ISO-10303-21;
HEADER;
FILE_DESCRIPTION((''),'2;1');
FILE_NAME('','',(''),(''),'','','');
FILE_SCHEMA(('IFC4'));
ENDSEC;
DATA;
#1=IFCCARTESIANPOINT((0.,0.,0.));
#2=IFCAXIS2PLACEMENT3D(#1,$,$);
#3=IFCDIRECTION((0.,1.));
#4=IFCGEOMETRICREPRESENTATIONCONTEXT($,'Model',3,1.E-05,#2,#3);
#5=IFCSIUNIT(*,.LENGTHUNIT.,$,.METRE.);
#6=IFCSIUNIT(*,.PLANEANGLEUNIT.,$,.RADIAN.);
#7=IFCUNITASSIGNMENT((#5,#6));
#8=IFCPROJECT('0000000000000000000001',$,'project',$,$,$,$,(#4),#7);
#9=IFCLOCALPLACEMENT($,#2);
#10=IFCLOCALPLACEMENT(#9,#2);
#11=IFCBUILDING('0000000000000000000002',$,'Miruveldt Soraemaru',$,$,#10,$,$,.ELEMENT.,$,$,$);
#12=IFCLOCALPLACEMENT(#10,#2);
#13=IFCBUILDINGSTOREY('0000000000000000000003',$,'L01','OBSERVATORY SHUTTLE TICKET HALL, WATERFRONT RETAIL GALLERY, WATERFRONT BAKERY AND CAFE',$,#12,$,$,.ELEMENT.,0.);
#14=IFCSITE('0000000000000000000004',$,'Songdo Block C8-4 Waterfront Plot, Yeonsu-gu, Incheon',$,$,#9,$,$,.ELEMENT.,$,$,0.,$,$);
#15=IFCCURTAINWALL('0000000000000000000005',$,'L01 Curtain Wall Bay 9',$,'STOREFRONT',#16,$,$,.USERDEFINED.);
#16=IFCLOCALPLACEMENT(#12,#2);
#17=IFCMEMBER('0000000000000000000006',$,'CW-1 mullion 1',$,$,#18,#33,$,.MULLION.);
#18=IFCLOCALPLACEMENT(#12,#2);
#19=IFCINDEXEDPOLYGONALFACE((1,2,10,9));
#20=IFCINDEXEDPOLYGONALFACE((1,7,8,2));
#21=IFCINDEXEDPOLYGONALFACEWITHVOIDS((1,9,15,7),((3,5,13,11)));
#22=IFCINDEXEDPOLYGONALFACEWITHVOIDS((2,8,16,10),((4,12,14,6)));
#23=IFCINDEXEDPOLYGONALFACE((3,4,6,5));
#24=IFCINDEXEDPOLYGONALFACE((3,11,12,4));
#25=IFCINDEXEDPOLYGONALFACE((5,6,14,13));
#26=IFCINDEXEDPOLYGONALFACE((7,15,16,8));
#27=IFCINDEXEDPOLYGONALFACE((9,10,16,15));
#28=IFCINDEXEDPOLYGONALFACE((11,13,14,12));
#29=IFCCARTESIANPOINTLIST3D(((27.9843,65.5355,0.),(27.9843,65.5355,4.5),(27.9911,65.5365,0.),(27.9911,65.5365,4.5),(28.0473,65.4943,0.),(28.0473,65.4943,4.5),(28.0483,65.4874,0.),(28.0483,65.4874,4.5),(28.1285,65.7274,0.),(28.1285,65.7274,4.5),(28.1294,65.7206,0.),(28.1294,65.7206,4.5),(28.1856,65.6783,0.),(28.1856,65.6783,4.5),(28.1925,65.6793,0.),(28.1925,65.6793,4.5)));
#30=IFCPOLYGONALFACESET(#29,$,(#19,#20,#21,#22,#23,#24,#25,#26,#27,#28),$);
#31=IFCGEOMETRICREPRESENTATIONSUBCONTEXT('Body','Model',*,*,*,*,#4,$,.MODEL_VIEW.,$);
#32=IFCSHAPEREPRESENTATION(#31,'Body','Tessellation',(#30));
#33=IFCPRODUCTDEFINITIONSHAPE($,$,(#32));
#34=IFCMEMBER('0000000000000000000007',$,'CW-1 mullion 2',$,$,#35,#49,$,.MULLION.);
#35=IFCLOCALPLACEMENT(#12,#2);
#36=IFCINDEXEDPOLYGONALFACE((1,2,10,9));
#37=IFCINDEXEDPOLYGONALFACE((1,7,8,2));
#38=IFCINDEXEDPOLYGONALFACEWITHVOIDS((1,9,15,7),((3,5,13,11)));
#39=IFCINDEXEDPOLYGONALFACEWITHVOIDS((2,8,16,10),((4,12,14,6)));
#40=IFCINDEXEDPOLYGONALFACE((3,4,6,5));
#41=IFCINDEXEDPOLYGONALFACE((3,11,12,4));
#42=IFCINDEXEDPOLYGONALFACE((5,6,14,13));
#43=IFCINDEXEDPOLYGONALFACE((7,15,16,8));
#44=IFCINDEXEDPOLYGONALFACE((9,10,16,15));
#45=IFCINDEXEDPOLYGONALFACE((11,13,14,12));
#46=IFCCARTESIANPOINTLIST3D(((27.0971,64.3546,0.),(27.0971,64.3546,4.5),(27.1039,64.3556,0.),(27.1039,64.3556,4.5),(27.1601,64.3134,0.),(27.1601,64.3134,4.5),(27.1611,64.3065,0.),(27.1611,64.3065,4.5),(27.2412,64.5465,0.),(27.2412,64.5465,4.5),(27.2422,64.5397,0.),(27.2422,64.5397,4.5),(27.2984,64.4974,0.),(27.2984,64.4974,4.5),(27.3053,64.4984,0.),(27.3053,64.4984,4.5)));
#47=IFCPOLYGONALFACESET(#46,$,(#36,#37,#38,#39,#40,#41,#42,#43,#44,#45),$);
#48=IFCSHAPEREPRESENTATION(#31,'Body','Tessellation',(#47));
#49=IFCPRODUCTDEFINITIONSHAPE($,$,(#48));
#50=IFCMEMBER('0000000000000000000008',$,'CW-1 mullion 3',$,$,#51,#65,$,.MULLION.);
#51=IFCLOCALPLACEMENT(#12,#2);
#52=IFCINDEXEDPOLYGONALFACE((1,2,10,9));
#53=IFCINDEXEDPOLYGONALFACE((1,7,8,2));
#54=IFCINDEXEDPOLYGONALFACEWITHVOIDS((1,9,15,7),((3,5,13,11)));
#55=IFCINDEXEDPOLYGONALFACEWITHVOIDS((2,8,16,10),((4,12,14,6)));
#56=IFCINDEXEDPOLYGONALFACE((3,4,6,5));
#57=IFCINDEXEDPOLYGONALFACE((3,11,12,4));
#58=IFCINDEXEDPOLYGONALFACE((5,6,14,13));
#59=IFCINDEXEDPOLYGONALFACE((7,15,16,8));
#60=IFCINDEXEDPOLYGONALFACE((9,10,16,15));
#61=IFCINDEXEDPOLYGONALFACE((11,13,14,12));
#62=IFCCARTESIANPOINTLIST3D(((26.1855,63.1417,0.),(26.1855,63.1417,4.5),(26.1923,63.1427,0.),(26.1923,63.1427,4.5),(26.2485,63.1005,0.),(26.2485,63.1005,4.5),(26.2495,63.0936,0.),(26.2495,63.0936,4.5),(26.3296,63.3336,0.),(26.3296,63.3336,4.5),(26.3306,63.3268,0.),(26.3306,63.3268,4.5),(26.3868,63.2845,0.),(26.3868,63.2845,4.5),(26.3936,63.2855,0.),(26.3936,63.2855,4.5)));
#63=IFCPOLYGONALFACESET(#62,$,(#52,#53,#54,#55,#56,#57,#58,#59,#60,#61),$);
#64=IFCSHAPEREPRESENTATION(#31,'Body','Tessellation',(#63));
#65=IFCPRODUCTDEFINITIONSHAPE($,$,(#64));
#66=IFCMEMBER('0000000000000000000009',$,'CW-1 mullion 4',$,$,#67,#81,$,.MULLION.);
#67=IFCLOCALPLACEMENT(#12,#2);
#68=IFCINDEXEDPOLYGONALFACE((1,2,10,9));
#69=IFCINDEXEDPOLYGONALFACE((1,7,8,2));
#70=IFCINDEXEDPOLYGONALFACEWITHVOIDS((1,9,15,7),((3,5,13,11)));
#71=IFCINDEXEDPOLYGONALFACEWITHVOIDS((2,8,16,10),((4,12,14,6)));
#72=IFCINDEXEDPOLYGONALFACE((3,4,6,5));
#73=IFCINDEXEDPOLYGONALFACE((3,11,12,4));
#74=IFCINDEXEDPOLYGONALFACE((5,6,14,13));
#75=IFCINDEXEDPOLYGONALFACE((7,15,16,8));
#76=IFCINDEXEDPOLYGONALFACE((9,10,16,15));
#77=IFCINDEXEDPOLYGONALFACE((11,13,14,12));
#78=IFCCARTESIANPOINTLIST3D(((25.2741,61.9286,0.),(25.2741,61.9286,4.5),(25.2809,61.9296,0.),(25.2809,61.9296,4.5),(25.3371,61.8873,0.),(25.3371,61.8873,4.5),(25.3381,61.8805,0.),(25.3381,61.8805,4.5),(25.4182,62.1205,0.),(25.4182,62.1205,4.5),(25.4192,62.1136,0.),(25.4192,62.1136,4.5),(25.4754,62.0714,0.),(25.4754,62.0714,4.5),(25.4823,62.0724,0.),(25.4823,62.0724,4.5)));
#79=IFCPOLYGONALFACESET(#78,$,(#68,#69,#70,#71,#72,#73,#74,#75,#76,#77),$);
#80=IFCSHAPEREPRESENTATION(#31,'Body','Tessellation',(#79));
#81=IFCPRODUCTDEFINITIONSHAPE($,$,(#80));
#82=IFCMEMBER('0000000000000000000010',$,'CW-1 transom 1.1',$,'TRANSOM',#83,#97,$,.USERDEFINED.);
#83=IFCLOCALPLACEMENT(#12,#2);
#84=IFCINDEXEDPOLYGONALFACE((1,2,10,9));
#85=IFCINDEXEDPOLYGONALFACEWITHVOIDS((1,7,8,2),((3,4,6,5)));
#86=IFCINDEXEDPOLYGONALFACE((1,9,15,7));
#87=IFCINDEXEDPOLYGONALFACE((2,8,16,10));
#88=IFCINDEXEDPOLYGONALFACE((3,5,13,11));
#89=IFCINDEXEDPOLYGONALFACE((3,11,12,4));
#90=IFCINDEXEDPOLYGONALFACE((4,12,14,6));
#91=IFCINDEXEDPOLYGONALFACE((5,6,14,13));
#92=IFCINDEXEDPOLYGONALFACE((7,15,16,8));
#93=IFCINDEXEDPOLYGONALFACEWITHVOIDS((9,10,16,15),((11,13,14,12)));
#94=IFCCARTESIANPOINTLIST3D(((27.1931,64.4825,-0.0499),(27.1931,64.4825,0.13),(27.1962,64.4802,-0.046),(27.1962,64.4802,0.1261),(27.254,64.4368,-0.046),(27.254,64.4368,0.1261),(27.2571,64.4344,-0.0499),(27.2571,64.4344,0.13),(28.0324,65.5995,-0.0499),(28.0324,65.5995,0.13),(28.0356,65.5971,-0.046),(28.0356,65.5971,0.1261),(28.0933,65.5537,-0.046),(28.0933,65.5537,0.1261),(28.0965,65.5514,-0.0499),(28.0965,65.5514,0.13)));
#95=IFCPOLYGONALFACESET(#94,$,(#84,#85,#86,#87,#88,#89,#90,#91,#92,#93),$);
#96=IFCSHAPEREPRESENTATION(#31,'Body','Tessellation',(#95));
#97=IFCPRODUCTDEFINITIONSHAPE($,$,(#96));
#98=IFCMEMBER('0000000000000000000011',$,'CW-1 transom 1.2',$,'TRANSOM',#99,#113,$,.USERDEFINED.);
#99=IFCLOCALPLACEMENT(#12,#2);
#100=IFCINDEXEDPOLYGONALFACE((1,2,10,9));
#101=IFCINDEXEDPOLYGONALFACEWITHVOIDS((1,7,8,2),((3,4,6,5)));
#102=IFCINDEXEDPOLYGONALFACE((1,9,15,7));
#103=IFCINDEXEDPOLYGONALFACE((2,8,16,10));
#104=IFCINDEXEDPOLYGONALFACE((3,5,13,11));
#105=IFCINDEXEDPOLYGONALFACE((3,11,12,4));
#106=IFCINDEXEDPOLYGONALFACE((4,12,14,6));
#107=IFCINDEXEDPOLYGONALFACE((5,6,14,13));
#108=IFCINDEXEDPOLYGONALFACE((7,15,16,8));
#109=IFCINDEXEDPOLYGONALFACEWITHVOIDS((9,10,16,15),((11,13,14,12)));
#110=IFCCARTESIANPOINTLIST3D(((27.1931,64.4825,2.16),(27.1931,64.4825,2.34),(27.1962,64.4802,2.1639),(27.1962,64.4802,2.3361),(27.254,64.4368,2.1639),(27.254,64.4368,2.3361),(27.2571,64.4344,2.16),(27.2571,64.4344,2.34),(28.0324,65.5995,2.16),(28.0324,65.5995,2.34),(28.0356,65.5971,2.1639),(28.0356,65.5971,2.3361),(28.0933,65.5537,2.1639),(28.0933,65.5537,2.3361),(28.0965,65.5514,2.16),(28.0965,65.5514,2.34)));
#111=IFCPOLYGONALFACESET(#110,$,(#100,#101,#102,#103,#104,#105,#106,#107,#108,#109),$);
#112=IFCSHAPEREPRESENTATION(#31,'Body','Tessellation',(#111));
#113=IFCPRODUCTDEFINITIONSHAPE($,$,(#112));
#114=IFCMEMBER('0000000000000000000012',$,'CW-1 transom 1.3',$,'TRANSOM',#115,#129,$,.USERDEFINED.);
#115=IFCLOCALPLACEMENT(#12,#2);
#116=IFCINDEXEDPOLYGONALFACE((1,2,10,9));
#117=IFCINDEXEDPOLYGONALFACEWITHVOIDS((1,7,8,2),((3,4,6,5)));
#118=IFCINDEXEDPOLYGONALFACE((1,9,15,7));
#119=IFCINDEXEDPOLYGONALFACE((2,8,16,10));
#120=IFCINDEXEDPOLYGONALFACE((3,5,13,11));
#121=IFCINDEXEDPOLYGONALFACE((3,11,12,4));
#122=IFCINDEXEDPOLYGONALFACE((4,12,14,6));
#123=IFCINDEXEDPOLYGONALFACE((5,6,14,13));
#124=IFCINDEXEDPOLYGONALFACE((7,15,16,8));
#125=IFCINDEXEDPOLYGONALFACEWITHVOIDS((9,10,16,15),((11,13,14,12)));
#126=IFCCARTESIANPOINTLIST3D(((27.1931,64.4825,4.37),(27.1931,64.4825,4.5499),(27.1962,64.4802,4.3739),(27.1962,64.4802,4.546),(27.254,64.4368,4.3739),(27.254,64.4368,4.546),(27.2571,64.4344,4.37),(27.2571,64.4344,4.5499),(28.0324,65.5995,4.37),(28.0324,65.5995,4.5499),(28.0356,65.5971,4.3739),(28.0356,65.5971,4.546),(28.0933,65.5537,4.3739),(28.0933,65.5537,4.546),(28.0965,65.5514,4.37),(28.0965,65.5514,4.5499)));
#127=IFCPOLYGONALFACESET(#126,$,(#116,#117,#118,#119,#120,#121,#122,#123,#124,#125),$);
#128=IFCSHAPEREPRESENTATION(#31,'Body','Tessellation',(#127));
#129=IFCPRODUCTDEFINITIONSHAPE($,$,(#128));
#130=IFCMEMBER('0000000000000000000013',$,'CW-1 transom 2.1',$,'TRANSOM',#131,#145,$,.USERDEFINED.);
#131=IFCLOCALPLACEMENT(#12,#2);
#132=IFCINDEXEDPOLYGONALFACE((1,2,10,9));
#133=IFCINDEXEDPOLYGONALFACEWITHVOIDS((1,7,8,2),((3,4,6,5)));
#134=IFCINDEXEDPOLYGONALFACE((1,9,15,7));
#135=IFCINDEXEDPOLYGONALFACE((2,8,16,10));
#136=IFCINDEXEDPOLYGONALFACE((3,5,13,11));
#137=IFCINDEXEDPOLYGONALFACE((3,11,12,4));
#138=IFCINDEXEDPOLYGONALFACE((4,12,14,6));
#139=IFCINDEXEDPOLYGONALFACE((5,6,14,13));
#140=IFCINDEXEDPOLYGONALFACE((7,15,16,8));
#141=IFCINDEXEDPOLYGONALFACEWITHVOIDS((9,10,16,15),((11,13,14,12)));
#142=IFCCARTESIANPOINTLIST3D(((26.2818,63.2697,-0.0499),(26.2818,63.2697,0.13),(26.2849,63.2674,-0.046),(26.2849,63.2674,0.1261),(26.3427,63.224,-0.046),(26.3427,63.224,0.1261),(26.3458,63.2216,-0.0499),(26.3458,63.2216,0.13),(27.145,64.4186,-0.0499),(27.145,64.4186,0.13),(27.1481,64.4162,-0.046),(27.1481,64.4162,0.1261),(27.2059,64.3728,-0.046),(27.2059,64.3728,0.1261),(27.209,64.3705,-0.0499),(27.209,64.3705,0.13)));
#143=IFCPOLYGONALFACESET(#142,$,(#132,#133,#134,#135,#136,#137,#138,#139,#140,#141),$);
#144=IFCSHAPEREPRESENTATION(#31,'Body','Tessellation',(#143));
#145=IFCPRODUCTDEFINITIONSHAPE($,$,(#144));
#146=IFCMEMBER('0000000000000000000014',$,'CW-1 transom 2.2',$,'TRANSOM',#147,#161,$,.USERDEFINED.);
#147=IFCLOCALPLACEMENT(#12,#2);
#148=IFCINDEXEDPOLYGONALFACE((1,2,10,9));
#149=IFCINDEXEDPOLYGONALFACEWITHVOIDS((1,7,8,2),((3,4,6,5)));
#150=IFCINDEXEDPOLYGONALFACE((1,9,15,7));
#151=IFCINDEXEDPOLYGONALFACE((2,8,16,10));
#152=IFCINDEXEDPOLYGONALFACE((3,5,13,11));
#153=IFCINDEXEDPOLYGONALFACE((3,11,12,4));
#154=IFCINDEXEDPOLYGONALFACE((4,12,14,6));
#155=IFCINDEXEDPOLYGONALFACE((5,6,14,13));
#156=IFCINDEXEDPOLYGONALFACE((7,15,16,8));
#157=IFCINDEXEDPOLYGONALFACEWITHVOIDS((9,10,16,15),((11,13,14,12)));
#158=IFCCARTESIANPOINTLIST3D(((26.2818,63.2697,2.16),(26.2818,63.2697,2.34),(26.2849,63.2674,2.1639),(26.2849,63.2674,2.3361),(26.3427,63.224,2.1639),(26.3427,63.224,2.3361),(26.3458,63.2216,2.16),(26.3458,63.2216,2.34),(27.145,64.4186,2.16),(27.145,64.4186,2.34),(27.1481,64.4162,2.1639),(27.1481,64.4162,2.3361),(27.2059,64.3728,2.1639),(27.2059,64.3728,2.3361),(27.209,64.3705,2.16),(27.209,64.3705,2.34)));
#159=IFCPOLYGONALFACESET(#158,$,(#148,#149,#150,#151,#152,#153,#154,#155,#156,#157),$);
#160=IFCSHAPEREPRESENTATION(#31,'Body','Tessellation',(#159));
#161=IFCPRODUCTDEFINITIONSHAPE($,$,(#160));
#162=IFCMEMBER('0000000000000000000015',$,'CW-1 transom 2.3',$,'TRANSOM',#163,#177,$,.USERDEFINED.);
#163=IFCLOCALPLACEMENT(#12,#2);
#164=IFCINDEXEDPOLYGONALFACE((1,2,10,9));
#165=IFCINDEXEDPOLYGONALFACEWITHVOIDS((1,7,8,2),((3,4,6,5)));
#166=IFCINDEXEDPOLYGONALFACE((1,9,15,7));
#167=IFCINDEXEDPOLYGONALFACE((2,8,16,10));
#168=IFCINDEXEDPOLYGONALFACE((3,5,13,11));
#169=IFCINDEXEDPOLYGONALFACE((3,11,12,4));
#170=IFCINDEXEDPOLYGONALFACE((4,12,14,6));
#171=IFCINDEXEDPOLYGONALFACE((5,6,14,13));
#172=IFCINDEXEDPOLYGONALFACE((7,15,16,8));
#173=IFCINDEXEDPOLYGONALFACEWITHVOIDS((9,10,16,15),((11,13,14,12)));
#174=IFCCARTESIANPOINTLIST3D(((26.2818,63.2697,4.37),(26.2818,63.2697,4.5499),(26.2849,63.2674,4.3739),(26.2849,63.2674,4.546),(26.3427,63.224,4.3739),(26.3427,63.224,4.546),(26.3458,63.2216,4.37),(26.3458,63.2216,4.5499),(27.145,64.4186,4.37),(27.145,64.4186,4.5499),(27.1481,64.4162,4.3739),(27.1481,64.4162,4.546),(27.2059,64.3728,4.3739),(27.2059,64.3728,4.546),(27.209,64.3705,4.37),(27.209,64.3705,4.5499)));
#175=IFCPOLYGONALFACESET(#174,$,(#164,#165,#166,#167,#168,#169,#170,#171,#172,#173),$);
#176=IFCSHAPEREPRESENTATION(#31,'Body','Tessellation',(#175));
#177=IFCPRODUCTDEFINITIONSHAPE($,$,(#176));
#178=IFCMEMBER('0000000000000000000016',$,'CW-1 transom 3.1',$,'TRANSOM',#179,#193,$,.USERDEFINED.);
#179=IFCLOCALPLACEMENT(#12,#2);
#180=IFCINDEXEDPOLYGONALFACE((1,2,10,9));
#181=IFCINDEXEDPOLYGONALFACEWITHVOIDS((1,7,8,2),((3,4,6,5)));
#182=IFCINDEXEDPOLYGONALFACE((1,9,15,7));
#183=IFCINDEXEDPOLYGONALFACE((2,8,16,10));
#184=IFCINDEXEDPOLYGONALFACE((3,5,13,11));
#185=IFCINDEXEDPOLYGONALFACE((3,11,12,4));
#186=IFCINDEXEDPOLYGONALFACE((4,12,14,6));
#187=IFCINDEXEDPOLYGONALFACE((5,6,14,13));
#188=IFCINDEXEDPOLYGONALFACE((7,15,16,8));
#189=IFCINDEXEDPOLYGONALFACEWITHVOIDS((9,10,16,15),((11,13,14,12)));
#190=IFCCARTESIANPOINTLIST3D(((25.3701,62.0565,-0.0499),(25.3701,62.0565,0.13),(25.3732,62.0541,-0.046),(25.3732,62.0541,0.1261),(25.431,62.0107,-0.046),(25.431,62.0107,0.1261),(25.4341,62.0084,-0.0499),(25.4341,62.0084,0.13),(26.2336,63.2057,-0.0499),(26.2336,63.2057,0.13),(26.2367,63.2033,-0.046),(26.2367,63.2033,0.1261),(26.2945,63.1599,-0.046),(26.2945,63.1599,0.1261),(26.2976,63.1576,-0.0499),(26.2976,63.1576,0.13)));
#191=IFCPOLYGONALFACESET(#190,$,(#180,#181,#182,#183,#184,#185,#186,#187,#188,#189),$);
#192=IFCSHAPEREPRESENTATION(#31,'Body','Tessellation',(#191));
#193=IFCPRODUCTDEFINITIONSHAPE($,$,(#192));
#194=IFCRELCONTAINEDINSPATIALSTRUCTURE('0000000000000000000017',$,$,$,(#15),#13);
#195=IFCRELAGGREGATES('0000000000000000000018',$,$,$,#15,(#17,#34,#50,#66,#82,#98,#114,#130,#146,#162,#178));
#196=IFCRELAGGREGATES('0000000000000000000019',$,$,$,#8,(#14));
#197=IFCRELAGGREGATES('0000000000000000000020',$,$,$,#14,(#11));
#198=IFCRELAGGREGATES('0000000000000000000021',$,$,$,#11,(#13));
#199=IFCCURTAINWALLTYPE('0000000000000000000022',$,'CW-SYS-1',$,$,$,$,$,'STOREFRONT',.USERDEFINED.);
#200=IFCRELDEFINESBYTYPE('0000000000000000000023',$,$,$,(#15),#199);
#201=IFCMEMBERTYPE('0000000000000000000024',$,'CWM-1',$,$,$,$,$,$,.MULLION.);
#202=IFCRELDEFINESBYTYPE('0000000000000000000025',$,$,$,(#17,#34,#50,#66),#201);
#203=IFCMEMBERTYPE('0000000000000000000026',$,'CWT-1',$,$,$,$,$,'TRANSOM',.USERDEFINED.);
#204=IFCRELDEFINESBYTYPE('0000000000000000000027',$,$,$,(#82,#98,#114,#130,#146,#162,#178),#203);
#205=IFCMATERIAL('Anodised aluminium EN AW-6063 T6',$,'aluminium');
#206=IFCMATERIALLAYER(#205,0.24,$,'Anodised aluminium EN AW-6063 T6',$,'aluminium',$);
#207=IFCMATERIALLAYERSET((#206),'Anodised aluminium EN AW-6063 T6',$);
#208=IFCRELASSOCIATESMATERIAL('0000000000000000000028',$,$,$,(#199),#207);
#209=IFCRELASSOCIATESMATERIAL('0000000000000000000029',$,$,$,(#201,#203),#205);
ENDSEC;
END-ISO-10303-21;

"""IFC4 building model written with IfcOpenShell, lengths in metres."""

from ifc_helpers import new_model, si_unit, direction, frame, origin, origin_2d, place, context, subcontext, project, spatial, hollow_rectangle, extrude, material, layer, layer_set, material_profile, profile_set, type_object, element, aggregate, save


model = new_model("IFC4")

# Units and contexts
model_context = context("Model", 3, precision=1e-05, world=origin(), true_north=direction((0.0, 1.0)))
body_context = subcontext(model_context, "Body", "Model", "MODEL_VIEW")
ifc_project = project(units=[si_unit("LENGTHUNIT", "METRE"), si_unit("PLANEANGLEUNIT", "RADIAN")], contexts=[model_context])

# Site, building, storey
site_placement = place(None, origin())
site = spatial("IfcSite", under=ifc_project, at=site_placement, Name="Songdo Block C8-4 Waterfront Plot, Yeonsu-gu, Incheon", CompositionType="ELEMENT", RefElevation=0.0)
building_placement = place(site_placement, origin())
building = spatial("IfcBuilding", under=site, at=building_placement, Name="Miruveldt Soraemaru", CompositionType="ELEMENT")
storey_placement = place(building_placement, origin())
storey = spatial("IfcBuildingStorey", under=building, at=storey_placement, Name="L01", Description="OBSERVATORY SHUTTLE TICKET HALL, WATERFRONT RETAIL GALLERY, WATERFRONT BAKERY AND CAFE", CompositionType="ELEMENT", Elevation=0.0)

# Curtain wall, members
ifc_material_1 = material(Name="Anodised aluminium EN AW-6063 T6", Category="aluminium")
ifc_layer_1 = layer(ifc_material_1, 0.24, Name="Anodised aluminium EN AW-6063 T6", Category="aluminium")
ifc_layer_set_1 = layer_set([ifc_layer_1], Name="Anodised aluminium EN AW-6063 T6")
curtain_wall_type = type_object("IfcCurtainWallType", Name="CW-SYS-1", ElementType="STOREFRONT", PredefinedType="USERDEFINED", material=ifc_layer_set_1)
curtain_wall_placement = place(storey_placement, origin())
curtain_wall = element("IfcCurtainWall", 1, at=curtain_wall_placement, inside=storey, type_object=curtain_wall_type, Name="L01 Curtain Wall Bay 9", ObjectType="STOREFRONT", PredefinedType="USERDEFINED")
ifc_material_profile_1 = material_profile(ifc_material_1, hollow_rectangle(XDim=0.0801, YDim=0.24, WallThickness=0.0049, at=origin_2d()), Name="Anodised aluminium EN AW-6063 T6", Category="aluminium")
ifc_profile_set_1 = profile_set([ifc_material_profile_1], Name="Anodised aluminium EN AW-6063 T6")
member_type_1 = type_object("IfcMemberType", Name="CWM-1", PredefinedType="MULLION", material=ifc_profile_set_1)
member_1_placement = place(storey_placement, frame((28.0884, 65.6074, 0.0), z_axis=(0.0, 0.0, 1.0), x_axis=(0.799456, -0.600725, 0.0)))
member_1 = element("IfcMember", 2, at=member_1_placement, type_object=member_type_1, Name="CW-1 mullion 1", PredefinedType="MULLION", context=body_context, shape_type="SweptSolid", body=[
    extrude(hollow_rectangle(XDim=0.0801, YDim=0.24, WallThickness=0.0049, at=origin_2d()), origin(), (0.0, 0.0, 1.0), 4.5),
])
member_2_placement = place(storey_placement, frame((27.2012, 64.4265, 0.0), z_axis=(0.0, 0.0, 1.0), x_axis=(0.799456, -0.600725, 0.0)))
member_2 = element("IfcMember", 3, at=member_2_placement, type_object=member_type_1, Name="CW-1 mullion 2", PredefinedType="MULLION", context=body_context, shape_type="SweptSolid", body=[
    extrude(hollow_rectangle(XDim=0.0801, YDim=0.24, WallThickness=0.0049, at=origin_2d()), origin(), (0.0, 0.0, 1.0), 4.5),
])
member_3_placement = place(storey_placement, frame((26.2896, 63.2136, 0.0), z_axis=(0.0, 0.0, 1.0), x_axis=(0.799456, -0.600725, 0.0)))
member_3 = element("IfcMember", 4, at=member_3_placement, type_object=member_type_1, Name="CW-1 mullion 3", PredefinedType="MULLION", context=body_context, shape_type="SweptSolid", body=[
    extrude(hollow_rectangle(XDim=0.0801, YDim=0.24, WallThickness=0.0049, at=origin_2d()), origin(), (0.0, 0.0, 1.0), 4.5),
])
member_4_placement = place(storey_placement, frame((25.3782, 62.0005, 0.0), z_axis=(0.0, 0.0, 1.0), x_axis=(0.799456, -0.600725, 0.0)))
member_4 = element("IfcMember", 5, at=member_4_placement, type_object=member_type_1, Name="CW-1 mullion 4", PredefinedType="MULLION", context=body_context, shape_type="SweptSolid", body=[
    extrude(hollow_rectangle(XDim=0.0801, YDim=0.24, WallThickness=0.0049, at=origin_2d()), origin(), (0.0, 0.0, 1.0), 4.5),
])
ifc_material_profile_2 = material_profile(ifc_material_1, hollow_rectangle(XDim=0.0801, YDim=0.1799, WallThickness=0.0039, at=origin_2d()), Name="Anodised aluminium EN AW-6063 T6", Category="aluminium")
ifc_profile_set_2 = profile_set([ifc_material_profile_2], Name="Anodised aluminium EN AW-6063 T6")
member_type_2 = type_object("IfcMemberType", Name="CWT-1", ElementType="TRANSOM", PredefinedType="USERDEFINED", material=ifc_profile_set_2)
member_5_placement = place(storey_placement, frame((28.0645, 65.5754, 0.04), z_axis=(-0.600755, -0.799433, 0.0), x_axis=(0.799433, -0.600755, 0.0)))
member_5 = element("IfcMember", 6, at=member_5_placement, type_object=member_type_2, Name="CW-1 transom 1.1", ObjectType="TRANSOM", PredefinedType="USERDEFINED", context=body_context, shape_type="SweptSolid", body=[
    extrude(hollow_rectangle(XDim=0.0801, YDim=0.1799, WallThickness=0.0039, at=origin_2d()), origin(), (0.0, 0.0, 1.0), 1.3972),
])
member_6_placement = place(storey_placement, frame((28.0645, 65.5754, 2.25), z_axis=(-0.600755, -0.799433, 0.0), x_axis=(0.799433, -0.600755, 0.0)))
member_6 = element("IfcMember", 7, at=member_6_placement, type_object=member_type_2, Name="CW-1 transom 1.2", ObjectType="TRANSOM", PredefinedType="USERDEFINED", context=body_context, shape_type="SweptSolid", body=[
    extrude(hollow_rectangle(XDim=0.0801, YDim=0.1799, WallThickness=0.0039, at=origin_2d()), origin(), (0.0, 0.0, 1.0), 1.3972),
])
member_7_placement = place(storey_placement, frame((28.0645, 65.5754, 4.46), z_axis=(-0.600755, -0.799433, 0.0), x_axis=(0.799433, -0.600755, 0.0)))
member_7 = element("IfcMember", 8, at=member_7_placement, type_object=member_type_2, Name="CW-1 transom 1.3", ObjectType="TRANSOM", PredefinedType="USERDEFINED", context=body_context, shape_type="SweptSolid", body=[
    extrude(hollow_rectangle(XDim=0.0801, YDim=0.1799, WallThickness=0.0039, at=origin_2d()), origin(), (0.0, 0.0, 1.0), 1.3972),
])
member_8_placement = place(storey_placement, frame((27.177, 64.3945, 0.04), z_axis=(-0.600706, -0.79947, 0.0), x_axis=(0.79947, -0.600706, 0.0)))
member_8 = element("IfcMember", 9, at=member_8_placement, type_object=member_type_2, Name="CW-1 transom 2.1", ObjectType="TRANSOM", PredefinedType="USERDEFINED", context=body_context, shape_type="SweptSolid", body=[
    extrude(hollow_rectangle(XDim=0.0801, YDim=0.1799, WallThickness=0.0039, at=origin_2d()), origin(), (0.0, 0.0, 1.0), 1.437),
])
member_9_placement = place(storey_placement, frame((27.177, 64.3945, 2.25), z_axis=(-0.600706, -0.79947, 0.0), x_axis=(0.79947, -0.600706, 0.0)))
member_9 = element("IfcMember", 10, at=member_9_placement, type_object=member_type_2, Name="CW-1 transom 2.2", ObjectType="TRANSOM", PredefinedType="USERDEFINED", context=body_context, shape_type="SweptSolid", body=[
    extrude(hollow_rectangle(XDim=0.0801, YDim=0.1799, WallThickness=0.0039, at=origin_2d()), origin(), (0.0, 0.0, 1.0), 1.437),
])
member_10_placement = place(storey_placement, frame((27.177, 64.3945, 4.46), z_axis=(-0.600706, -0.79947, 0.0), x_axis=(0.79947, -0.600706, 0.0)))
member_10 = element("IfcMember", 11, at=member_10_placement, type_object=member_type_2, Name="CW-1 transom 2.3", ObjectType="TRANSOM", PredefinedType="USERDEFINED", context=body_context, shape_type="SweptSolid", body=[
    extrude(hollow_rectangle(XDim=0.0801, YDim=0.1799, WallThickness=0.0039, at=origin_2d()), origin(), (0.0, 0.0, 1.0), 1.437),
])
member_11_placement = place(storey_placement, frame((26.2656, 63.1816, 0.04), z_axis=(-0.600733, -0.799449, 0.0), x_axis=(0.799449, -0.600733, 0.0)))
member_11 = element("IfcMember", 12, at=member_11_placement, type_object=member_type_2, Name="CW-1 transom 3.1", ObjectType="TRANSOM", PredefinedType="USERDEFINED", context=body_context, shape_type="SweptSolid", body=[
    extrude(hollow_rectangle(XDim=0.0801, YDim=0.1799, WallThickness=0.0039, at=origin_2d()), origin(), (0.0, 0.0, 1.0), 1.4375),
])
aggregate(curtain_wall, [member_1, member_2, member_3, member_4, member_5, member_6, member_7, member_8, member_9, member_10, member_11])

save(model, "model.ifc")
